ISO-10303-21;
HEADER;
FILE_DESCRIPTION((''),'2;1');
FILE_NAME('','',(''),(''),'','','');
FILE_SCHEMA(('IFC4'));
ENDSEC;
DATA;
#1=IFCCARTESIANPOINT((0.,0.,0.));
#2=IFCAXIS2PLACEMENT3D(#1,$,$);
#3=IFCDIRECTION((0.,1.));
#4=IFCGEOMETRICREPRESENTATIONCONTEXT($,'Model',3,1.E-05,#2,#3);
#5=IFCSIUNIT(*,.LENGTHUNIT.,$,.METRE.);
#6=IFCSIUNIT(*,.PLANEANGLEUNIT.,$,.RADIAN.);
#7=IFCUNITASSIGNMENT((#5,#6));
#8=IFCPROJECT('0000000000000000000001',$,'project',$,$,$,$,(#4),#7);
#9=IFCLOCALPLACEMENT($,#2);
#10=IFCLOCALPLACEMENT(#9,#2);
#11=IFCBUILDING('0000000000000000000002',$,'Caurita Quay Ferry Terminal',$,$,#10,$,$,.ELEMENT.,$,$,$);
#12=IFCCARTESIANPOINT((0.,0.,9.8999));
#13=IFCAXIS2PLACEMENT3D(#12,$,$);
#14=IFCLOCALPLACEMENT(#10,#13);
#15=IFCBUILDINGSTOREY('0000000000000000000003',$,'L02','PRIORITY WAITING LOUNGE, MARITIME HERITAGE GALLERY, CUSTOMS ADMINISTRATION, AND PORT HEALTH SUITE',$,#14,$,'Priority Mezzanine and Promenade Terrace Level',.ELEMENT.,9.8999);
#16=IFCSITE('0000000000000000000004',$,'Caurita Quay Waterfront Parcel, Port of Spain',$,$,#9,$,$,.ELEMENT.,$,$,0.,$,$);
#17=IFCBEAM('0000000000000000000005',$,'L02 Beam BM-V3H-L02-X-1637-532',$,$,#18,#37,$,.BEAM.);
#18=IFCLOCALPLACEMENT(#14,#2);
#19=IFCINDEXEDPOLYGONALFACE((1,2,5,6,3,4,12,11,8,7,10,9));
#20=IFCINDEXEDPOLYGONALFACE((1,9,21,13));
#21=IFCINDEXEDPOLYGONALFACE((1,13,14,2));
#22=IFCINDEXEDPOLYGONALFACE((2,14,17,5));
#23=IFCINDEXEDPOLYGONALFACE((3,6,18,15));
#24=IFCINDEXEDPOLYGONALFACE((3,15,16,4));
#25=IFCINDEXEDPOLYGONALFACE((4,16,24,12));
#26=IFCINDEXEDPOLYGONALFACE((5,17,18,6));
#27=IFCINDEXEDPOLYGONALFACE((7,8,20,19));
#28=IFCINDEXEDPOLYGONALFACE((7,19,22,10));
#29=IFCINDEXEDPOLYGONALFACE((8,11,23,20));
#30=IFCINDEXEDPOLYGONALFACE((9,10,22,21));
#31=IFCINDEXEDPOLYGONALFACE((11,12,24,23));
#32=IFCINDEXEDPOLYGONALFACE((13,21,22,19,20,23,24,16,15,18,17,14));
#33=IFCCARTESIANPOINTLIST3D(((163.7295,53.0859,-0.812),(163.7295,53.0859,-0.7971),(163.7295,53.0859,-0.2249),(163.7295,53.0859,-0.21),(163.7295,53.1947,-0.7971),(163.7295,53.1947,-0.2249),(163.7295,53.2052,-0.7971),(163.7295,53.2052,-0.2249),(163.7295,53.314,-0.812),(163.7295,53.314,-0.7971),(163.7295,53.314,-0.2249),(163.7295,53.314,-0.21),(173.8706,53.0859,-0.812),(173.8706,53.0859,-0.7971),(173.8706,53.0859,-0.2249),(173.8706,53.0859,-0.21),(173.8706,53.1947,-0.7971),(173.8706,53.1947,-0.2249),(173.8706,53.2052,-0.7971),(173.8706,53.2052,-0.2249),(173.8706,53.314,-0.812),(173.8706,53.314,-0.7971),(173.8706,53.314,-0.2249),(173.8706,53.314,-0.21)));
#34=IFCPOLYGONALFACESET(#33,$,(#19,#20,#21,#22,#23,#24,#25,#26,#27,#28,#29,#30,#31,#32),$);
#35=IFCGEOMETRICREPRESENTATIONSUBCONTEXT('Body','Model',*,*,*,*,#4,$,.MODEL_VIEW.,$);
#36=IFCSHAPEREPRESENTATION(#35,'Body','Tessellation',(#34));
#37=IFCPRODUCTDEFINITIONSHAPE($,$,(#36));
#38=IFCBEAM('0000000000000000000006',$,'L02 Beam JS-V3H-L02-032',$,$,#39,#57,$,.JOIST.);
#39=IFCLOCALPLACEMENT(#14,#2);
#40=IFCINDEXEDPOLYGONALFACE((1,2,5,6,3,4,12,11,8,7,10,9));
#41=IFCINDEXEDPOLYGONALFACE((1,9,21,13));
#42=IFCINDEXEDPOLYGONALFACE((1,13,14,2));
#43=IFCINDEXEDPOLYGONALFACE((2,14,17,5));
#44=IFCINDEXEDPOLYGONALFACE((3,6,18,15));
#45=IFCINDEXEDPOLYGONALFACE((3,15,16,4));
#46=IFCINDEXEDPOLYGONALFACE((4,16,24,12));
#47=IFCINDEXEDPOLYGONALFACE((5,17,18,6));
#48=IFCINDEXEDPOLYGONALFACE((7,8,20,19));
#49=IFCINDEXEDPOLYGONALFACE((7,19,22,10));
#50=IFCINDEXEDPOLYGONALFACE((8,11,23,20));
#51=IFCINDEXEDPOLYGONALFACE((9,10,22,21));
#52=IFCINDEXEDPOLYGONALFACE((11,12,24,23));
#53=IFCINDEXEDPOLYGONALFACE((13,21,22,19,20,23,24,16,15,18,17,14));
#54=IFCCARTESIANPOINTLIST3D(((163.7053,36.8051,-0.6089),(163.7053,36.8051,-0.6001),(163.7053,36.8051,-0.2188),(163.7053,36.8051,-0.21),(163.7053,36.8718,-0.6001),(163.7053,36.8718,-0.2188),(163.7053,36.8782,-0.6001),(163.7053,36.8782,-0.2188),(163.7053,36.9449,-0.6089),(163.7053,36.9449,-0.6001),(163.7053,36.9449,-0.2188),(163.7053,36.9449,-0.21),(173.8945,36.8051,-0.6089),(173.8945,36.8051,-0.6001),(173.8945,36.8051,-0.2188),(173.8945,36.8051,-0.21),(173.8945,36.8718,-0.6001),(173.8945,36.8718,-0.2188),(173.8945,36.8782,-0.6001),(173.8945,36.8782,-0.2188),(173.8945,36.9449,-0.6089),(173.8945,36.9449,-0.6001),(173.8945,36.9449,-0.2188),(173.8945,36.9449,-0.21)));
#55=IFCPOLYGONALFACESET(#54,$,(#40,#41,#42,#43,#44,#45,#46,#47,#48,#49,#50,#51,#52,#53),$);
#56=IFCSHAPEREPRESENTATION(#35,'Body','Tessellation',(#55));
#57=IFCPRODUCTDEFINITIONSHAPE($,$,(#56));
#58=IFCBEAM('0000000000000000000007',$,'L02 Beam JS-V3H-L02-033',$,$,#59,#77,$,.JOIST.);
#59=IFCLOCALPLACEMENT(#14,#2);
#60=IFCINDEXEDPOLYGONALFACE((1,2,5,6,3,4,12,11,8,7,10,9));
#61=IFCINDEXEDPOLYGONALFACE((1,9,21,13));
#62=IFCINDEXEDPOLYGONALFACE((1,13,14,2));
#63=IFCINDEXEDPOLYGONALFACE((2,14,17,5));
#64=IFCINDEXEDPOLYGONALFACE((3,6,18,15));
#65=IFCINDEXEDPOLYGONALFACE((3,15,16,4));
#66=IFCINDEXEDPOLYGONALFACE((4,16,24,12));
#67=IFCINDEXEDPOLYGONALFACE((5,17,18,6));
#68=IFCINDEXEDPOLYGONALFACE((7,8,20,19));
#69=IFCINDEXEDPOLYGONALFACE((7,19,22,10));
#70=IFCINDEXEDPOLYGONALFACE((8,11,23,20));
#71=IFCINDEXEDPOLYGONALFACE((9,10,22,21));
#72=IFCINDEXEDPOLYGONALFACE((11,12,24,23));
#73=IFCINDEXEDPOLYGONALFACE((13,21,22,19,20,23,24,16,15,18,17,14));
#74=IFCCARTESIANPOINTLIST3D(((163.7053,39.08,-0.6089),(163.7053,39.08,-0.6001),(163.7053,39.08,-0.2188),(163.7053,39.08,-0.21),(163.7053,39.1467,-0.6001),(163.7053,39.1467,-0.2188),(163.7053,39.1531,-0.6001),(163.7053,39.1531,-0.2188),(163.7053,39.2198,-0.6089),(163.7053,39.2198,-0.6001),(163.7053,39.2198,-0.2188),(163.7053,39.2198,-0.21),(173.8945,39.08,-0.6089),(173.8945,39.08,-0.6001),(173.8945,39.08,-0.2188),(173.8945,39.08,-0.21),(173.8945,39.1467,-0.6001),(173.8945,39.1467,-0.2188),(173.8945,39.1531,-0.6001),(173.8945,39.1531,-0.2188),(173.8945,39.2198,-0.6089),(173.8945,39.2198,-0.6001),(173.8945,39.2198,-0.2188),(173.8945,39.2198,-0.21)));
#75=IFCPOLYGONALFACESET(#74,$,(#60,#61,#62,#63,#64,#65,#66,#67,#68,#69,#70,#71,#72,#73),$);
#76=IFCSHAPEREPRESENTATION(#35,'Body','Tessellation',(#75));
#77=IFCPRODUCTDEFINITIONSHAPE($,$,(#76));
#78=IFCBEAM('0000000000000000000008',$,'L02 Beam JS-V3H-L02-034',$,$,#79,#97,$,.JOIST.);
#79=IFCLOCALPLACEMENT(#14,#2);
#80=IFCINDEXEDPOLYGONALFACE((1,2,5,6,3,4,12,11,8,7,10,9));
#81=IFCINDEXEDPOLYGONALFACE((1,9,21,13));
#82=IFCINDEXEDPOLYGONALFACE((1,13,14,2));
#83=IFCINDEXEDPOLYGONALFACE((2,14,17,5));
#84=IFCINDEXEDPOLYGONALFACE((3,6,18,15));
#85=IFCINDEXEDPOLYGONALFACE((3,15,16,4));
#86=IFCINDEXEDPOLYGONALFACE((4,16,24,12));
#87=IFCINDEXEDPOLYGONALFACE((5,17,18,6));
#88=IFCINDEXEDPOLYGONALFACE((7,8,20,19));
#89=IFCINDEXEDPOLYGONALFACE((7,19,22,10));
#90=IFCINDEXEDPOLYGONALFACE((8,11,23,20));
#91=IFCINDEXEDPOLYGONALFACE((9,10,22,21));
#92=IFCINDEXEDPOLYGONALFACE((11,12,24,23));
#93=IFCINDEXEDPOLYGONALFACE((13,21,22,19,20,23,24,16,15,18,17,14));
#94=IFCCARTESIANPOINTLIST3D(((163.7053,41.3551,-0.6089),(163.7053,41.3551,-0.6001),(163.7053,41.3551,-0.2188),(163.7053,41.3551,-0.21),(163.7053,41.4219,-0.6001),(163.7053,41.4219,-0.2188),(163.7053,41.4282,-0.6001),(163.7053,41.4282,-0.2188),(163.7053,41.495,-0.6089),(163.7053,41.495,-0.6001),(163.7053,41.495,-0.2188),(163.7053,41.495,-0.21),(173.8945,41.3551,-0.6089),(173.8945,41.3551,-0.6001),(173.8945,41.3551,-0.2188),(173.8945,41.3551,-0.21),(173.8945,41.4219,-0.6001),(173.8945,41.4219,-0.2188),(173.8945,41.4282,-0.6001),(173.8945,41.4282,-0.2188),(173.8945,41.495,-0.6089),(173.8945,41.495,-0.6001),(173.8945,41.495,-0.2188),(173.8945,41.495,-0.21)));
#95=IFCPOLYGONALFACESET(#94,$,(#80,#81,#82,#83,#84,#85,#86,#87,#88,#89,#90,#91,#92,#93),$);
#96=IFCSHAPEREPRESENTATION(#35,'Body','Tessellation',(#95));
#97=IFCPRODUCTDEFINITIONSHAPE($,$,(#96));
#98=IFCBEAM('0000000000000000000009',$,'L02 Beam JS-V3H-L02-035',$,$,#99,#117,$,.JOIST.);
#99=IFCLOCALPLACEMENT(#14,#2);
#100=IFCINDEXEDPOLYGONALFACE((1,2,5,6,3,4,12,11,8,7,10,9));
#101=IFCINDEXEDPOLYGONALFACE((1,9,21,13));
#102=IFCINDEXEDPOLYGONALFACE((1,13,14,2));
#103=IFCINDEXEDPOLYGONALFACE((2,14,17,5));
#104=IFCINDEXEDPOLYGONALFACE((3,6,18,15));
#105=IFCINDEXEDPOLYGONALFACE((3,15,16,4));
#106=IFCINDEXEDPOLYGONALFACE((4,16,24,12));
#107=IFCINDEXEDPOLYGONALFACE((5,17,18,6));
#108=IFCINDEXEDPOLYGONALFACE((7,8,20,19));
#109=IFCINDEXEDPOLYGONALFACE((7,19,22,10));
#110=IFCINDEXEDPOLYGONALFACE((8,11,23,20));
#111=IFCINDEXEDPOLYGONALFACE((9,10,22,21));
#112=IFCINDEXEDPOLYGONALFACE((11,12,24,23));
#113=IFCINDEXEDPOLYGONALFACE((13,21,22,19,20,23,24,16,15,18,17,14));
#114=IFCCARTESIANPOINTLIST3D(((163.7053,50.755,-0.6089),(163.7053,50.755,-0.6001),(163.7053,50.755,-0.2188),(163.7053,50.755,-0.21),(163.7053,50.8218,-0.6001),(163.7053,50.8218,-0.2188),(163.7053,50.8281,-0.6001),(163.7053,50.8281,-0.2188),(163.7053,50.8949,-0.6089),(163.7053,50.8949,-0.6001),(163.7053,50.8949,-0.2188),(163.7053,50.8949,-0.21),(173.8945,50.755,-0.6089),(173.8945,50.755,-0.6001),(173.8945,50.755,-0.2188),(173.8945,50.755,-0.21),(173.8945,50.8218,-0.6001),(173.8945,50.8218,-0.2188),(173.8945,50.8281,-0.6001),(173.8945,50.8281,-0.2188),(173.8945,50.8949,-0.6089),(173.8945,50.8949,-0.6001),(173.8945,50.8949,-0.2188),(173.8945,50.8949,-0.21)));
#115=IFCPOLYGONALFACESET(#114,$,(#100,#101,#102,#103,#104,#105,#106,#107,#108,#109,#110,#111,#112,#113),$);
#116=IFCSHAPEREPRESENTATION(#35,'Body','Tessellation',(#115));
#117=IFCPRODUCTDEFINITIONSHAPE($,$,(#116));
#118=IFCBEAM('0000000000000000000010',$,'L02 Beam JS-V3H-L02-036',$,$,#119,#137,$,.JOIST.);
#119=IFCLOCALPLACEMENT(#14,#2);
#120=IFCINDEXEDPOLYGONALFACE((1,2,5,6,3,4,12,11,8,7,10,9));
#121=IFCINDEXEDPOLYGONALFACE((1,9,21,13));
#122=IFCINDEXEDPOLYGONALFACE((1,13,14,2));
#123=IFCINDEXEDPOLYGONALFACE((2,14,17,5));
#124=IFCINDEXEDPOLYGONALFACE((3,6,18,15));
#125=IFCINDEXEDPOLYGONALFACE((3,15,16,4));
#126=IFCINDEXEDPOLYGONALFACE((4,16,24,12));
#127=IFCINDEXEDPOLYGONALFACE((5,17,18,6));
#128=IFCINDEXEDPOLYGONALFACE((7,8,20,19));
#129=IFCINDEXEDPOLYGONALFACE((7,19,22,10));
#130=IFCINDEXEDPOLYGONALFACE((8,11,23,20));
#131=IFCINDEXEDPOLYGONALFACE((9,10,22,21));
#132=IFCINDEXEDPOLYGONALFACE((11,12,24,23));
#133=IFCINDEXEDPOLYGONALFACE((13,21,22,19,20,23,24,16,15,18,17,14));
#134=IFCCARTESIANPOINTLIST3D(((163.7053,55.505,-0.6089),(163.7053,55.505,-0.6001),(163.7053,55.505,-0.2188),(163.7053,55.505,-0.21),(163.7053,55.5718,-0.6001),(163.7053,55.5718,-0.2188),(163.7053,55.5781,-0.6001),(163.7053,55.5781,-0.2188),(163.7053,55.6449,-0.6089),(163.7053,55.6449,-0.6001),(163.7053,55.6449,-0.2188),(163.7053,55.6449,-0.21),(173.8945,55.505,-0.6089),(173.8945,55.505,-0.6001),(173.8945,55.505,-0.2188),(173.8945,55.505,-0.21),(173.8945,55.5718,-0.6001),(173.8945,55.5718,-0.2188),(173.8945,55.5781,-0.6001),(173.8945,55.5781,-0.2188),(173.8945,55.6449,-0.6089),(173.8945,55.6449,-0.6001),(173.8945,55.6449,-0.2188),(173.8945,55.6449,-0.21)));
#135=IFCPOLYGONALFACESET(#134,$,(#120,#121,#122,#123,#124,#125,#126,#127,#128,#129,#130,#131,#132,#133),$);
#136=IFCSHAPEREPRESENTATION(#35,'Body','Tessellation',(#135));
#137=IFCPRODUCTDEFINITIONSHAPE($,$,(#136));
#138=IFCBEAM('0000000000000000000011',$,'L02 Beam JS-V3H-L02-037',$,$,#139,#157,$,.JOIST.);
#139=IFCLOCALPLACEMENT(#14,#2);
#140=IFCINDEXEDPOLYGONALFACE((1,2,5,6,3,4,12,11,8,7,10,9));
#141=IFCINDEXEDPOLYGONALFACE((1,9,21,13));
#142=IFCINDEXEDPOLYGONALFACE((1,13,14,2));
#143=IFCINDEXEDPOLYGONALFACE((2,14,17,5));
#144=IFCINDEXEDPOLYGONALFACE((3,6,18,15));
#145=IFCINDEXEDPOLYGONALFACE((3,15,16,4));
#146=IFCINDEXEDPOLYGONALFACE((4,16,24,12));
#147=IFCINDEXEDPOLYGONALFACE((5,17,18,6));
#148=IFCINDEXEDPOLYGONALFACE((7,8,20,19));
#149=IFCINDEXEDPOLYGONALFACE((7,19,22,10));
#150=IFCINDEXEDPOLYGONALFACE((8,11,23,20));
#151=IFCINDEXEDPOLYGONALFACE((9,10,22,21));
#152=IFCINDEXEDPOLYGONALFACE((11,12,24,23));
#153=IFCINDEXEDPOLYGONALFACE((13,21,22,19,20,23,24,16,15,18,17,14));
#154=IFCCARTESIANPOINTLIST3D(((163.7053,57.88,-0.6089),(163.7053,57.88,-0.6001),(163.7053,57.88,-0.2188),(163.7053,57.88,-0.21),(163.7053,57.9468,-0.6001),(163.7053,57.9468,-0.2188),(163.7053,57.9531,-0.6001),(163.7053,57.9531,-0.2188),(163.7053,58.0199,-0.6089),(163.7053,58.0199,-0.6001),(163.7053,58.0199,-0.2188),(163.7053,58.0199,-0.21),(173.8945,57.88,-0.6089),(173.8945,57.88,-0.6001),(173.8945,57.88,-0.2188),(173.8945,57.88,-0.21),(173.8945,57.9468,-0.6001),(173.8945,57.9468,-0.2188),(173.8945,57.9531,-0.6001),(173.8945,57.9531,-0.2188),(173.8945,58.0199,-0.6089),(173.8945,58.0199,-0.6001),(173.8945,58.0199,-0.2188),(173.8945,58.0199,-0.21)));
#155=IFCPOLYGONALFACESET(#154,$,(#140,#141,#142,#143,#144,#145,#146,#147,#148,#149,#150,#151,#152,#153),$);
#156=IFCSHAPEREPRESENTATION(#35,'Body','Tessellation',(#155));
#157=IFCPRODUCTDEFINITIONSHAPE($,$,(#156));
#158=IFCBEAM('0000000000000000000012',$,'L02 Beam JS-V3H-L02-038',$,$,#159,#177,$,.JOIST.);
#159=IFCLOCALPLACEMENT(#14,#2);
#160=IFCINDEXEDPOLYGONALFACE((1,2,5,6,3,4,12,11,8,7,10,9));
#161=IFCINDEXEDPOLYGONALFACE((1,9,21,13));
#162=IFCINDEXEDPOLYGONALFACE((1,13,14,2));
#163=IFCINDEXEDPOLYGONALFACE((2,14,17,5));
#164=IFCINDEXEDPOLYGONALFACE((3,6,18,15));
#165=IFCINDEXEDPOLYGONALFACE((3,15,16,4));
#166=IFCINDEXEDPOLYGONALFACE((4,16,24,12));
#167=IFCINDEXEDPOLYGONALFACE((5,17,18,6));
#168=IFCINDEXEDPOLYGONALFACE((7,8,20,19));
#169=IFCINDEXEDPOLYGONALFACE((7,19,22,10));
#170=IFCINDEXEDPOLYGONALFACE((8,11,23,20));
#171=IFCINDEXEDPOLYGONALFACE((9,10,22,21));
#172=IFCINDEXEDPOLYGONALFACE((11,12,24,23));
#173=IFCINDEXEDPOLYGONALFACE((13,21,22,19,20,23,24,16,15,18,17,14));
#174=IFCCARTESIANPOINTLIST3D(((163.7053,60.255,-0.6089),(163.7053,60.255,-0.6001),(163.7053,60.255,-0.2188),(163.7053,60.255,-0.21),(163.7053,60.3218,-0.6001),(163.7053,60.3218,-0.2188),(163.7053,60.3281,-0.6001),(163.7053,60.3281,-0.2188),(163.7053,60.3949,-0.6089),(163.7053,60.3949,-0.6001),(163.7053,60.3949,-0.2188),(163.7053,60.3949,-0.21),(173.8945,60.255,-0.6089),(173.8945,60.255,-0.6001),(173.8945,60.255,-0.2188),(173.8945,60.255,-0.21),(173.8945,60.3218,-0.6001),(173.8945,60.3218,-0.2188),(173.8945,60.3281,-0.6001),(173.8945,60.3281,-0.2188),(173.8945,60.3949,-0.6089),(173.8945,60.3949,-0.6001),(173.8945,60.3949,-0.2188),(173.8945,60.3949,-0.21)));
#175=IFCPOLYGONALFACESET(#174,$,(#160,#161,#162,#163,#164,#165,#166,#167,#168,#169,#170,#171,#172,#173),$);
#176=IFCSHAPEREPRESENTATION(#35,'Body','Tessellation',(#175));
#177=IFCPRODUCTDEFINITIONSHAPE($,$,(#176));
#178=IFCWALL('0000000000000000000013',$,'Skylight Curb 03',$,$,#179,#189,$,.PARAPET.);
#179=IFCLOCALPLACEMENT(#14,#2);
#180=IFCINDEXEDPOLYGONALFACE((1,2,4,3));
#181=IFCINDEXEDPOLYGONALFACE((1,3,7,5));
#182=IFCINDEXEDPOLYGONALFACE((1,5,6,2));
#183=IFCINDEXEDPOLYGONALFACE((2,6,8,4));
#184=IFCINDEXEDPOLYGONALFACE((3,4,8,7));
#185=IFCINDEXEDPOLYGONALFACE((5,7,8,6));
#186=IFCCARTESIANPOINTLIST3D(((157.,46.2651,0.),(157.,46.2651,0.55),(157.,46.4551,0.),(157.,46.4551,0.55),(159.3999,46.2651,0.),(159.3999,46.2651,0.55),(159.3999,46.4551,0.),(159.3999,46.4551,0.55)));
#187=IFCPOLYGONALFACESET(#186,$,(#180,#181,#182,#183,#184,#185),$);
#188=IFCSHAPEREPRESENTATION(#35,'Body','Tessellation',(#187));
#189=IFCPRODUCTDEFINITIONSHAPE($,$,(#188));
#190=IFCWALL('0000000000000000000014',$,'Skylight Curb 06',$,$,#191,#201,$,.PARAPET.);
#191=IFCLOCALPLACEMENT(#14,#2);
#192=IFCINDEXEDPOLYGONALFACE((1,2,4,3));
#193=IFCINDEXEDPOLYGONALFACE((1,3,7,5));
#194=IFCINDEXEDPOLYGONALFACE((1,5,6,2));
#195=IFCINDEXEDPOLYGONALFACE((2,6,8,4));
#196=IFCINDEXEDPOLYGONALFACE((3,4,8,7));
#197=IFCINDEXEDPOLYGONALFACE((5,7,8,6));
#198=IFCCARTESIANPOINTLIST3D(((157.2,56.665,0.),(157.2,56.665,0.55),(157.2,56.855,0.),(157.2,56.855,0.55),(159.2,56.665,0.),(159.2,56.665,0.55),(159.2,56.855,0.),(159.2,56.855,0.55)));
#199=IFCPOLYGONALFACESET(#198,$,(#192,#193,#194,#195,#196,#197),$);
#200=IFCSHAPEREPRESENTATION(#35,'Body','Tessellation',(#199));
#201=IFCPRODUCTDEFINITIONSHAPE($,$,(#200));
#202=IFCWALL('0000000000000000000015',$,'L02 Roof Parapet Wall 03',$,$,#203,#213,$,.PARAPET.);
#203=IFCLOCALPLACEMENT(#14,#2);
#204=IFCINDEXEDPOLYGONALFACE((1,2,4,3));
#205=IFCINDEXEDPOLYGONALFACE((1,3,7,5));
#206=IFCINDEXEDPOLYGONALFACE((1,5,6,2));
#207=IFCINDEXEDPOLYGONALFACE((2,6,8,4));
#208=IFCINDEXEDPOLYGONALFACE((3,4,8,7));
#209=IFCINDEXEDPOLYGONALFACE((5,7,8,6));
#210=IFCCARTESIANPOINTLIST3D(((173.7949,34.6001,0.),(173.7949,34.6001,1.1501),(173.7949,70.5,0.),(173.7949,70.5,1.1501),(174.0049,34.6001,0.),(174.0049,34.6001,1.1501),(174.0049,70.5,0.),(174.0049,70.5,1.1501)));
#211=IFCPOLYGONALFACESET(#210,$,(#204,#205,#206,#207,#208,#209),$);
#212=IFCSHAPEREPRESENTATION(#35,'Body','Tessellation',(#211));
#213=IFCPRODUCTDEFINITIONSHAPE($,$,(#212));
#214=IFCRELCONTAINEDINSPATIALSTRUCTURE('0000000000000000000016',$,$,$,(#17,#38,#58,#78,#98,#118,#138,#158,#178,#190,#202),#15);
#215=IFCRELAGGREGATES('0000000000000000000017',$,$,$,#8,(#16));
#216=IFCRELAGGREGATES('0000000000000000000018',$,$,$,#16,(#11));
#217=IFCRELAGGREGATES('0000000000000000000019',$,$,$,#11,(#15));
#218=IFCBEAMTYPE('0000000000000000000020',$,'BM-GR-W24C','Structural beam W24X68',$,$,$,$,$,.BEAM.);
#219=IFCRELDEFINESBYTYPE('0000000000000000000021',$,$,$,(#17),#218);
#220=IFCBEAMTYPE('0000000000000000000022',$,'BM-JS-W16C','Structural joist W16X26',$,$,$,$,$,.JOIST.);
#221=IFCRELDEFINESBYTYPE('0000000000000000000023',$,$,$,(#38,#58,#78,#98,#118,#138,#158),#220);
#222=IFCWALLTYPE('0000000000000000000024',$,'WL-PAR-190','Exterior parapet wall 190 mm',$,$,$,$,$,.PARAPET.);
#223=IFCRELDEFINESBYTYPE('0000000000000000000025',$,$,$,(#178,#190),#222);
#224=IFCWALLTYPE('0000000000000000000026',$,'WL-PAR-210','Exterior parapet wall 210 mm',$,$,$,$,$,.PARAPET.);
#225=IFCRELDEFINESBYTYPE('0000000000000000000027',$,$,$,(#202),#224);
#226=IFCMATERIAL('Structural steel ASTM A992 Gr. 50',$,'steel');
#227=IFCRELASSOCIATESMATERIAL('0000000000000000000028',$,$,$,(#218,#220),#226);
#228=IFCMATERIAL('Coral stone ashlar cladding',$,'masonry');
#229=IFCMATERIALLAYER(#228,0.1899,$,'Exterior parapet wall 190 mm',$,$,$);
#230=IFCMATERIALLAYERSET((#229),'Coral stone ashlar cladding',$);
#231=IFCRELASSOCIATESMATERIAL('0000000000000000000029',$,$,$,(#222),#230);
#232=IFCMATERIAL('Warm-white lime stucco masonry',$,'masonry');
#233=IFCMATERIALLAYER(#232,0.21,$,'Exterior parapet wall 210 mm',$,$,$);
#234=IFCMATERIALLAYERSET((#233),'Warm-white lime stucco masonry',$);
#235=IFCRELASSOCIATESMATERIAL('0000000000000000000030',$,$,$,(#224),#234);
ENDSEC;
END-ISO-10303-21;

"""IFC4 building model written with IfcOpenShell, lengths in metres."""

from ifc_helpers import new_model, si_unit, direction, frame, frame_2d, origin, origin_2d, place, context, subcontext, project, spatial, rectangle, i_section, extrude, material, layer, layer_set, material_profile, profile_set, type_object, element, save


model = new_model("IFC4")

# Units and contexts
model_context = context("Model", 3, precision=1e-05, world=origin(), true_north=direction((0.0, 1.0)))
body_context = subcontext(model_context, "Body", "Model", "MODEL_VIEW")
ifc_project = project(units=[si_unit("LENGTHUNIT", "METRE"), si_unit("PLANEANGLEUNIT", "RADIAN")], contexts=[model_context])

# Site, building, storey
site_placement = place(None, origin())
site = spatial("IfcSite", under=ifc_project, at=site_placement, Name="Caurita Quay Waterfront Parcel, Port of Spain", CompositionType="ELEMENT", RefElevation=0.0)
building_placement = place(site_placement, origin())
building = spatial("IfcBuilding", under=site, at=building_placement, Name="Caurita Quay Ferry Terminal", CompositionType="ELEMENT")
storey_placement = place(building_placement, frame((0.0, 0.0, 9.8999)))
storey = spatial("IfcBuildingStorey", under=building, at=storey_placement, Name="L02", Description="PRIORITY WAITING LOUNGE, MARITIME HERITAGE GALLERY, CUSTOMS ADMINISTRATION, AND PORT HEALTH SUITE", LongName="Priority Mezzanine and Promenade Terrace Level", CompositionType="ELEMENT", Elevation=9.8999)

# Beams
ifc_material_1 = material(Name="Structural steel ASTM A992 Gr. 50", Category="steel")
ifc_material_profile_1 = material_profile(ifc_material_1, i_section(OverallWidth=0.228, OverallDepth=0.6021, WebThickness=0.0105, FlangeThickness=0.0149, at=origin_2d()), Name="W24X68")
ifc_profile_set_1 = profile_set([ifc_material_profile_1], Name="Structural steel ASTM A992 Gr. 50")
beam_type_1 = type_object("IfcBeamType", Name="BM-GR-W24C", Description="Structural beam W24X68", PredefinedType="BEAM", material=ifc_profile_set_1)
beam_1_placement = place(storey_placement, frame((163.7295, 53.2, -0.511), z_axis=(1.0, 0.0, 0.0), x_axis=(0.0, 1.0, 0.0)))
element("IfcBeam", 1, at=beam_1_placement, inside=storey, type_object=beam_type_1, Name="L02 Beam BM-V3H-L02-X-1637-532", PredefinedType="BEAM", context=body_context, shape_type="SweptSolid", body=[
    extrude(i_section(OverallWidth=0.228, OverallDepth=0.6021, WebThickness=0.0105, FlangeThickness=0.0149, at=origin_2d()), origin(), (0.0, 0.0, 1.0), 10.1411),
])
ifc_material_profile_2 = material_profile(ifc_material_1, i_section(OverallWidth=0.1399, OverallDepth=0.3989, WebThickness=0.0063, FlangeThickness=0.0088, at=origin_2d()), Name="W16X26")
ifc_profile_set_2 = profile_set([ifc_material_profile_2], Name="Structural steel ASTM A992 Gr. 50")
beam_type_2 = type_object("IfcBeamType", Name="BM-JS-W16C", Description="Structural joist W16X26", PredefinedType="JOIST", material=ifc_profile_set_2)
for number, where, z_axis, x_axis, name in (
    (2, (163.7053, 36.875, -0.4094), (1.0, 0.0, 0.0), (0.0, 1.0, 0.0), "L02 Beam JS-V3H-L02-032"),
    (3, (163.7053, 39.1499, -0.4094), (1.0, 0.0, 0.0), (0.0, 1.0, 0.0), "L02 Beam JS-V3H-L02-033"),
    (4, (163.7053, 41.425, -0.4094), (1.0, 0.0, 0.0), (0.0, 1.0, 0.0), "L02 Beam JS-V3H-L02-034"),
    (5, (163.7053, 50.825, -0.4094), (1.0, 0.0, 0.0), (0.0, 1.0, 0.0), "L02 Beam JS-V3H-L02-035"),
    (6, (163.7053, 55.575, -0.4094), (1.0, 0.0, 0.0), (0.0, 1.0, 0.0), "L02 Beam JS-V3H-L02-036"),
    (7, (163.7053, 57.95, -0.4094), (1.0, 0.0, 0.0), (0.0, 1.0, 0.0), "L02 Beam JS-V3H-L02-037"),
    (8, (163.7053, 60.325, -0.4094), (1.0, 0.0, 0.0), (0.0, 1.0, 0.0), "L02 Beam JS-V3H-L02-038"),
):
    element("IfcBeam", number, at=place(storey_placement, frame(where, z_axis=z_axis, x_axis=x_axis)), inside=storey, type_object=beam_type_2, Name=name, PredefinedType="JOIST", context=body_context, shape_type="SweptSolid", body=[
        extrude(i_section(OverallWidth=0.1399, OverallDepth=0.3989, WebThickness=0.0063, FlangeThickness=0.0088, at=origin_2d()), origin(), (0.0, 0.0, 1.0), 10.1892),
    ])

# Walls
ifc_material_2 = material(Name="Coral stone ashlar cladding", Category="masonry")
ifc_layer_1 = layer(ifc_material_2, 0.1899, Name="Exterior parapet wall 190 mm")
ifc_layer_set_1 = layer_set([ifc_layer_1], Name="Coral stone ashlar cladding")
wall_type_1 = type_object("IfcWallType", Name="WL-PAR-190", Description="Exterior parapet wall 190 mm", PredefinedType="PARAPET", material=ifc_layer_set_1)
wall_1_placement = place(storey_placement, frame((157.0, 46.3601, 0.0), z_axis=(0.0, 0.0, 1.0), x_axis=(1.0, 0.0, 0.0)))
element("IfcWall", 9, at=wall_1_placement, inside=storey, type_object=wall_type_1, Name="Skylight Curb 03", PredefinedType="PARAPET", context=body_context, shape_type="SweptSolid", body=[
    extrude(rectangle(XDim=2.3999, YDim=0.1899, at=frame_2d((1.2, 0.0))), origin(), (0.0, 0.0, 1.0), 0.55),
])
wall_2_placement = place(storey_placement, frame((157.2, 56.76, 0.0), z_axis=(0.0, 0.0, 1.0), x_axis=(1.0, 0.0, 0.0)))
element("IfcWall", 10, at=wall_2_placement, inside=storey, type_object=wall_type_1, Name="Skylight Curb 06", PredefinedType="PARAPET", context=body_context, shape_type="SweptSolid", body=[
    extrude(rectangle(XDim=2.0, YDim=0.1899, at=frame_2d((1.0, 0.0))), origin(), (0.0, 0.0, 1.0), 0.55),
])
ifc_material_3 = material(Name="Warm-white lime stucco masonry", Category="masonry")
ifc_layer_2 = layer(ifc_material_3, 0.21, Name="Exterior parapet wall 210 mm")
ifc_layer_set_2 = layer_set([ifc_layer_2], Name="Warm-white lime stucco masonry")
wall_type_2 = type_object("IfcWallType", Name="WL-PAR-210", Description="Exterior parapet wall 210 mm", PredefinedType="PARAPET", material=ifc_layer_set_2)
wall_3_placement = place(storey_placement, frame((173.8999, 34.6001, 0.0), z_axis=(0.0, 0.0, 1.0), x_axis=(0.0, 1.0, 0.0)))
element("IfcWall", 11, at=wall_3_placement, inside=storey, type_object=wall_type_2, Name="L02 Roof Parapet Wall 03", PredefinedType="PARAPET", context=body_context, shape_type="SweptSolid", body=[
    extrude(rectangle(XDim=35.8999, YDim=0.21, at=frame_2d((17.95, 0.0))), origin(), (0.0, 0.0, 1.0), 1.1501),
])

save(model, "model.ifc")
